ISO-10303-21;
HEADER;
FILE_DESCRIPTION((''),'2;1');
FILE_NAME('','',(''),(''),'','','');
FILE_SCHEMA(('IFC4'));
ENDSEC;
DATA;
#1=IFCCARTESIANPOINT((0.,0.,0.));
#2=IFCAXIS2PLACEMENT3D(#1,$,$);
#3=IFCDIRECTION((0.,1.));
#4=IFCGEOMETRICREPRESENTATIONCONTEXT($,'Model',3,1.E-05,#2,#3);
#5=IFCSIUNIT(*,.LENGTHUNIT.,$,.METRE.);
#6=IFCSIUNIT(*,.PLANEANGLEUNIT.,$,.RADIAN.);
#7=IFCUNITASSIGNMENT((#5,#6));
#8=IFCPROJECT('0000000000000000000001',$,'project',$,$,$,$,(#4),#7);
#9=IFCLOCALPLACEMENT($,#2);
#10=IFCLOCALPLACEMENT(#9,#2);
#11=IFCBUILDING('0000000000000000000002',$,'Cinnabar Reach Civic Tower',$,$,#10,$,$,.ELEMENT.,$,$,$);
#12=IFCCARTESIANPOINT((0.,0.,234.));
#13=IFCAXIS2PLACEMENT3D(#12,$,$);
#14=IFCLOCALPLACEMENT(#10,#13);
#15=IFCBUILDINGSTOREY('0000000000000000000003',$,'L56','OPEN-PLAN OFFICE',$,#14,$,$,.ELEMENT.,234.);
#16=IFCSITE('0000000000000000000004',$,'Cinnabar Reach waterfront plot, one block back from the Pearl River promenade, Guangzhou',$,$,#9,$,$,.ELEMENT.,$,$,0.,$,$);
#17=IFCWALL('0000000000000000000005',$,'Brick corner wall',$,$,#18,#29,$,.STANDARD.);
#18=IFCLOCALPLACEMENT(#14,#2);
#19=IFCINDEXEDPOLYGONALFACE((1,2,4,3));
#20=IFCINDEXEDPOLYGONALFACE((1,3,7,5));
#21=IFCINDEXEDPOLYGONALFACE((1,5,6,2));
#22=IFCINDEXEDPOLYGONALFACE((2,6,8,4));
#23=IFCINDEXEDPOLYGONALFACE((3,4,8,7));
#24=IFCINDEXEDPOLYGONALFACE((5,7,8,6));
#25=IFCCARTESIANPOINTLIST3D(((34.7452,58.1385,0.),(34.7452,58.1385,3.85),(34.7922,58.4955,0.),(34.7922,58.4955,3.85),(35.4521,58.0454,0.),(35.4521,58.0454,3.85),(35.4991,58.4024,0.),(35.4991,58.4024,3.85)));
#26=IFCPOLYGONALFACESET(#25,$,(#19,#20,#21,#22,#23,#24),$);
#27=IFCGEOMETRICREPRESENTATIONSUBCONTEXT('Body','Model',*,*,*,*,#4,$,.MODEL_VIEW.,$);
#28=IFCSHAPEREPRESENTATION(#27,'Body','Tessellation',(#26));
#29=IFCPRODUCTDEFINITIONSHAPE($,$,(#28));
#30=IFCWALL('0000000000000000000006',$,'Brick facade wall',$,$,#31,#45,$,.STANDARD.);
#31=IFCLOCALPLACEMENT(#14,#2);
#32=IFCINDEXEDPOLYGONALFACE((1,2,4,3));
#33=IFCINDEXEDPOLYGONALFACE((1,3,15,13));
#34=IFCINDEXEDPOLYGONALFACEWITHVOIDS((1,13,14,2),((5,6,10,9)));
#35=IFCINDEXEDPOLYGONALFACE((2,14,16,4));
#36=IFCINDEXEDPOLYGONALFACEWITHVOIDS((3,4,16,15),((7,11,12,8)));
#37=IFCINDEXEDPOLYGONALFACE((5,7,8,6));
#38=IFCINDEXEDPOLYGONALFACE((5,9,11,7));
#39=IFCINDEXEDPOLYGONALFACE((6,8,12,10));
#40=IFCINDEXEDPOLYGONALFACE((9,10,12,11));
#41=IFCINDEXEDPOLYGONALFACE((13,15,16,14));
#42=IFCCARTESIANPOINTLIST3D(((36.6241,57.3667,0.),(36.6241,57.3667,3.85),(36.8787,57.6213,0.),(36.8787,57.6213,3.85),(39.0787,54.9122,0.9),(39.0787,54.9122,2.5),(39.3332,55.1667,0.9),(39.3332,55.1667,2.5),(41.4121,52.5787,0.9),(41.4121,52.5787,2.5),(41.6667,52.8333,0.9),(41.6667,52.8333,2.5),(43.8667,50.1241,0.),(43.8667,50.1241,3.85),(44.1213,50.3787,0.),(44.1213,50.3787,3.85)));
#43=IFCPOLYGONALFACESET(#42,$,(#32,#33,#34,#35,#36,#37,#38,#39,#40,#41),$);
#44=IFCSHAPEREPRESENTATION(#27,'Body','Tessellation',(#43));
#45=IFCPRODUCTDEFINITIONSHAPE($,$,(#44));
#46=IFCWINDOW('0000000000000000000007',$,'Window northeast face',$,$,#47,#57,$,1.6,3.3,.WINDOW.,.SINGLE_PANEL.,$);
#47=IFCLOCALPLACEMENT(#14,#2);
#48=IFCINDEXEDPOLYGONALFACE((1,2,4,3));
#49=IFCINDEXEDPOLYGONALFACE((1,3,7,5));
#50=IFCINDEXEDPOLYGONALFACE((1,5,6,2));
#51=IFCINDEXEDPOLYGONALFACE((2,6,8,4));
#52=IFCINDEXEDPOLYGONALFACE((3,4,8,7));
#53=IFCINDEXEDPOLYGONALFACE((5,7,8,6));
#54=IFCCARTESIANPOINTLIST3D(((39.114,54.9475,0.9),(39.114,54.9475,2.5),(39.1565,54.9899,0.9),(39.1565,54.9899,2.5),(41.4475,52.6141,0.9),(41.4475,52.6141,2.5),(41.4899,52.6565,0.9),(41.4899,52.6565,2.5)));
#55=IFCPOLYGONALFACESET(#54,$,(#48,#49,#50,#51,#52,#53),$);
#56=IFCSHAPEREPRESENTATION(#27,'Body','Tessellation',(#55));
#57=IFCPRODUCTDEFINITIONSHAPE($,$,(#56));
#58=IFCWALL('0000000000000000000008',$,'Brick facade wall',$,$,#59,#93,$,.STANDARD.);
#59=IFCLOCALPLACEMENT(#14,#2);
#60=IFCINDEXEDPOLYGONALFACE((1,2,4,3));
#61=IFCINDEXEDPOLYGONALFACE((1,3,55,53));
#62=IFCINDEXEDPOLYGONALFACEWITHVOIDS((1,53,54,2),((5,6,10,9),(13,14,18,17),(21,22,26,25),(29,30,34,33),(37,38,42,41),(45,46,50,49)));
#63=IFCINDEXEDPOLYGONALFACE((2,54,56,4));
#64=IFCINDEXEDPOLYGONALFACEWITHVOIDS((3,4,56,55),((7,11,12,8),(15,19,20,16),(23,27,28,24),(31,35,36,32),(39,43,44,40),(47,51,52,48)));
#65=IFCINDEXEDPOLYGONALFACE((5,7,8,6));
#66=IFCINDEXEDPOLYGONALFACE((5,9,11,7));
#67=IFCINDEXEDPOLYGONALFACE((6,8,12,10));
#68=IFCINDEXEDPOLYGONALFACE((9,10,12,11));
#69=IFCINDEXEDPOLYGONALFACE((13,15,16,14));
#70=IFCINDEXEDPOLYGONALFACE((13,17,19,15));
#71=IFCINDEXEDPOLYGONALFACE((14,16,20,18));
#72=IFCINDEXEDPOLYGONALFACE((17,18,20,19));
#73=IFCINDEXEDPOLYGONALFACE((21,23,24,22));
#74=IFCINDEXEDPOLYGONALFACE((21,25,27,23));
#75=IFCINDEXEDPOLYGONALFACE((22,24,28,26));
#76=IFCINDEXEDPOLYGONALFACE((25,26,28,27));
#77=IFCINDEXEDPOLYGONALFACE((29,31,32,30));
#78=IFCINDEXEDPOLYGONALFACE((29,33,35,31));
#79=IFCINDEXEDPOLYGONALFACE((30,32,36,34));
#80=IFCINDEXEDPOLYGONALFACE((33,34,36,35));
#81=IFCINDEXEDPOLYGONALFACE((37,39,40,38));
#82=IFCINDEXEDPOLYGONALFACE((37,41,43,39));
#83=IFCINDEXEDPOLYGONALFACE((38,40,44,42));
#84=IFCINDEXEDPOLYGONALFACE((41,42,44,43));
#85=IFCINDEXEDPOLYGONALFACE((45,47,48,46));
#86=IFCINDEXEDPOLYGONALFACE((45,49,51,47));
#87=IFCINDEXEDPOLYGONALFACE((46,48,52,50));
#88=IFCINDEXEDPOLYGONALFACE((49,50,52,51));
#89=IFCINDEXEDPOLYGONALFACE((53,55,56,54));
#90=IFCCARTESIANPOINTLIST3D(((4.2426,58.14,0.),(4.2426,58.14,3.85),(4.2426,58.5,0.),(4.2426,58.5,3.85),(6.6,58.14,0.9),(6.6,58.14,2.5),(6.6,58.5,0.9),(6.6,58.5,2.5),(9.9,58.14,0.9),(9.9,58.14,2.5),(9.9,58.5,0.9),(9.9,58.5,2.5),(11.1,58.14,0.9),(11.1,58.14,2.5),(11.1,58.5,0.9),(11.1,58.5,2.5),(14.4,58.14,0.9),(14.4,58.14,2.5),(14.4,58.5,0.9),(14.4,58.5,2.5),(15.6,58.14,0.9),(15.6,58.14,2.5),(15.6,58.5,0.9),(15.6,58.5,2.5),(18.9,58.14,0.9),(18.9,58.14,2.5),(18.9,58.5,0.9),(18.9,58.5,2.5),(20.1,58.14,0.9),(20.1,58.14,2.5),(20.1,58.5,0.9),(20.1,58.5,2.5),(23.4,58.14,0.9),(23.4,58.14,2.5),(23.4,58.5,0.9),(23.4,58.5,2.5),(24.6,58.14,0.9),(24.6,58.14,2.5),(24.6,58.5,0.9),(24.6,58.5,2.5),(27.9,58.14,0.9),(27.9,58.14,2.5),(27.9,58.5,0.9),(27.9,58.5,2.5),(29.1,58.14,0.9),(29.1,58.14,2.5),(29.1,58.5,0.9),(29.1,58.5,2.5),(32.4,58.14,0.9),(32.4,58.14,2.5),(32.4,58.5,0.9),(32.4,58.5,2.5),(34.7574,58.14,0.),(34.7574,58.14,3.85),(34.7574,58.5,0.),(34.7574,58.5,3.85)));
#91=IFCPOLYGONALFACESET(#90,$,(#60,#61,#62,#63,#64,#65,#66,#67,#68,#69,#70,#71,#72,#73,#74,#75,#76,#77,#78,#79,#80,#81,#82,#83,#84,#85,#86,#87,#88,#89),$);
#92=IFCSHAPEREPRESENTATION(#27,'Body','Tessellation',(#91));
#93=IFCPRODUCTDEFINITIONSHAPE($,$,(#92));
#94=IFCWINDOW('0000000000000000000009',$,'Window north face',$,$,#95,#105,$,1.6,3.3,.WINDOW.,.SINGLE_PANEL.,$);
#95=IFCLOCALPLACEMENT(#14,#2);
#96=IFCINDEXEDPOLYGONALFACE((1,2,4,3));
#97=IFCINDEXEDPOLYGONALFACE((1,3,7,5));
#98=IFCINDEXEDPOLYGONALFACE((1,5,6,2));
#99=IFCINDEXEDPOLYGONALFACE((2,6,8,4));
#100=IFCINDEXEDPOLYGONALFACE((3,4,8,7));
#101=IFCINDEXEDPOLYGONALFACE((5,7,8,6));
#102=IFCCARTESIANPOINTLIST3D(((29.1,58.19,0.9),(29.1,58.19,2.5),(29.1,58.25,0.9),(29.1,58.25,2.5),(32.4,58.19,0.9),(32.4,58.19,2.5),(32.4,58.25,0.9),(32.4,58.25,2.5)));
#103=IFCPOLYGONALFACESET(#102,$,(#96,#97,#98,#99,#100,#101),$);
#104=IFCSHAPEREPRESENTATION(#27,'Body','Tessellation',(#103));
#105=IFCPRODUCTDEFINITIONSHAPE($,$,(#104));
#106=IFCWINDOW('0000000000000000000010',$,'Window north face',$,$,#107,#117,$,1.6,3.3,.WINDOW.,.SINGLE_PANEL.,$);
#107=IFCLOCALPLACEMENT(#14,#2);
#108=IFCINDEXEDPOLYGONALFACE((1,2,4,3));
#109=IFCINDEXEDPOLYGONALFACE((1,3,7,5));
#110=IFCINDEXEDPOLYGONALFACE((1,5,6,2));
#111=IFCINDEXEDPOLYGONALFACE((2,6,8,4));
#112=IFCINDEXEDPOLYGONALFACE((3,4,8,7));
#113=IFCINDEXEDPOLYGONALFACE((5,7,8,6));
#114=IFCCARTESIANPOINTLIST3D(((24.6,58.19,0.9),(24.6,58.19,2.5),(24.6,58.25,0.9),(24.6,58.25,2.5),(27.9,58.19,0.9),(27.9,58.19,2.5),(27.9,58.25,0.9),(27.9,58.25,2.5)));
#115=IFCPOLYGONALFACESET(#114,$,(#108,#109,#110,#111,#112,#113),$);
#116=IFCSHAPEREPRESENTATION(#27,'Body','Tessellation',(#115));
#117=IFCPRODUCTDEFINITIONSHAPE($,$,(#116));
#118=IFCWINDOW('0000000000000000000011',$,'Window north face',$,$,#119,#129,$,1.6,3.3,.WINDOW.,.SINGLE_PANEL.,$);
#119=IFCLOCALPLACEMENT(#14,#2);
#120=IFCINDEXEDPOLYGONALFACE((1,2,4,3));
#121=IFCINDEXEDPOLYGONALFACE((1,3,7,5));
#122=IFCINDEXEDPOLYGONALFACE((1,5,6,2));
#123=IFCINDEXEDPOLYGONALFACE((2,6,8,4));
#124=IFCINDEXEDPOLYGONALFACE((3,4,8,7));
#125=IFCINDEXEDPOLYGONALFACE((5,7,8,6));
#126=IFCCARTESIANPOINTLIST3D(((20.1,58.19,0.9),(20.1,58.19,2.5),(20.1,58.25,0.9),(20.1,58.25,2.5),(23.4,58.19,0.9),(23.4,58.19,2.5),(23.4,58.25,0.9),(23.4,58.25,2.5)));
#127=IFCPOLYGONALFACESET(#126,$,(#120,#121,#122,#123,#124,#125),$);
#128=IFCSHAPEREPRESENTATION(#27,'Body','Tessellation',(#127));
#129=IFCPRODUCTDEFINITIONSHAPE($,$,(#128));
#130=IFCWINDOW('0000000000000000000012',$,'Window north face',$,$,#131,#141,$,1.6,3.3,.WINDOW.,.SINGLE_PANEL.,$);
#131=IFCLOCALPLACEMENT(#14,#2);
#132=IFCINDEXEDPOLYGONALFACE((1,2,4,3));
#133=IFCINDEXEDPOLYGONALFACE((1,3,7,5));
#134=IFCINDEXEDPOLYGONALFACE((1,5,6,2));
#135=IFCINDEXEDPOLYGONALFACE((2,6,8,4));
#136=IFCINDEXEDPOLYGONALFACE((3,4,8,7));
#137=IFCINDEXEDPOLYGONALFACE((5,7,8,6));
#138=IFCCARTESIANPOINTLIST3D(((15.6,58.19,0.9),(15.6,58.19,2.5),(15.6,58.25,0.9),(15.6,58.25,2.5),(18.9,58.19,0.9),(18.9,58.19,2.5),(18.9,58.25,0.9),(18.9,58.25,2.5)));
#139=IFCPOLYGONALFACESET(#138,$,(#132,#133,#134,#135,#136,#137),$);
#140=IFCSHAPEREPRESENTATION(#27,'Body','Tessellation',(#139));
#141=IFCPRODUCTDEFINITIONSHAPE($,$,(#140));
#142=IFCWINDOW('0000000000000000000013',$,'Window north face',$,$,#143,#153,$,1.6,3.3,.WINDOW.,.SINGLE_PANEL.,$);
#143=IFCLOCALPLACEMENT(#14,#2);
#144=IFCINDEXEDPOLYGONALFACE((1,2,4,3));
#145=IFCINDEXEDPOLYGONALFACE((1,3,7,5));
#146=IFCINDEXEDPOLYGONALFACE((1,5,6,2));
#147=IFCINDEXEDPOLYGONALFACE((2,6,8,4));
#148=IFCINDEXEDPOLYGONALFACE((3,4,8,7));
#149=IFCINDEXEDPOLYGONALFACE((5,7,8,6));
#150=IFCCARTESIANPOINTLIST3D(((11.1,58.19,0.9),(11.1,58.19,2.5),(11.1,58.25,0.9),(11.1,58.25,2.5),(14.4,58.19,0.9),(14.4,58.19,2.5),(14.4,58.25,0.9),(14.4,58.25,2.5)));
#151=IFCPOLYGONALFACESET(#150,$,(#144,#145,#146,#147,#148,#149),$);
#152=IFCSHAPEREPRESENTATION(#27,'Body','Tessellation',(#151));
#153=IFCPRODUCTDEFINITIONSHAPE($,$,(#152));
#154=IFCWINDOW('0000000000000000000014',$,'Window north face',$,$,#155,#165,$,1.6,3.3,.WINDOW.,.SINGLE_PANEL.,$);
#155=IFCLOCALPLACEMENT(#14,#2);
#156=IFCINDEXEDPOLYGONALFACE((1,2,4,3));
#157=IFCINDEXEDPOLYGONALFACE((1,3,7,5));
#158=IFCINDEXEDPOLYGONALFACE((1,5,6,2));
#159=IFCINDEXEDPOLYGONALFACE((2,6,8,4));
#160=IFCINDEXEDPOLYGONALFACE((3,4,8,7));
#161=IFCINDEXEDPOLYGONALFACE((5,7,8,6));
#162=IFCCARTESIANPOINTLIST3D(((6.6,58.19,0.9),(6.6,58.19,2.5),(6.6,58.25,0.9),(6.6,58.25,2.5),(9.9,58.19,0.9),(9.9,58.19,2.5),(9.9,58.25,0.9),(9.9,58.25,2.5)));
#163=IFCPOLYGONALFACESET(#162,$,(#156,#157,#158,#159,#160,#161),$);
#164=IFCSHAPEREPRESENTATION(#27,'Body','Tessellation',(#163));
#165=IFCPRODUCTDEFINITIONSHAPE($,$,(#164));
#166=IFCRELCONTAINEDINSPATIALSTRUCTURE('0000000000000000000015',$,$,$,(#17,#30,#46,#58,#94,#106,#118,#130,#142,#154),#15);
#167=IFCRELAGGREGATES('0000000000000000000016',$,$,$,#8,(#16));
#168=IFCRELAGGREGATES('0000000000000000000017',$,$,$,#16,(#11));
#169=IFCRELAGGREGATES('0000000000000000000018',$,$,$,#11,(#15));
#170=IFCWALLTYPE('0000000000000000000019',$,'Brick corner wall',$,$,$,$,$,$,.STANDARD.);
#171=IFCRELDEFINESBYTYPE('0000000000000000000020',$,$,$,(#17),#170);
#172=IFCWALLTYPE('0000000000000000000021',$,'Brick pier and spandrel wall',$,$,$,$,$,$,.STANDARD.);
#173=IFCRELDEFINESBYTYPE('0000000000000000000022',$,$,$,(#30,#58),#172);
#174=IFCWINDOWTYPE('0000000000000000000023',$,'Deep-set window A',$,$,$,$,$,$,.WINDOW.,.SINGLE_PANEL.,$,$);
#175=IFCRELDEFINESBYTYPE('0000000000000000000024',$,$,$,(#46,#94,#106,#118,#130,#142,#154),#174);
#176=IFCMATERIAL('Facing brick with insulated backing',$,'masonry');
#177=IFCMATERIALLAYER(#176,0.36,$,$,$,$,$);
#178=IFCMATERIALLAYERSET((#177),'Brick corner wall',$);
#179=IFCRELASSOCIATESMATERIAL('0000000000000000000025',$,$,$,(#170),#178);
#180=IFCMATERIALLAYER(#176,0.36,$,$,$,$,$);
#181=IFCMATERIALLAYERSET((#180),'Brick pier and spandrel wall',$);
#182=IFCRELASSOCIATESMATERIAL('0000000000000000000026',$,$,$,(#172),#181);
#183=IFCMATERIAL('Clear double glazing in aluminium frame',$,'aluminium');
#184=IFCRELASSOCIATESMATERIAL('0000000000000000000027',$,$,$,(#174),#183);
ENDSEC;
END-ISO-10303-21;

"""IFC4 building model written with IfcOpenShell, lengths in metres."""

from ifc_helpers import new_model, si_unit, direction, frame, frame_2d, origin, place, context, subcontext, project, spatial, rectangle, extrude, material, layer, layer_set, type_object, element, fill, save


model = new_model("IFC4")

# Units and contexts
model_context = context("Model", 3, precision=1e-05, world=origin(), true_north=direction((0.0, 1.0)))
body_context = subcontext(model_context, "Body", "Model", "MODEL_VIEW")
ifc_project = project(units=[si_unit("LENGTHUNIT", "METRE"), si_unit("PLANEANGLEUNIT", "RADIAN")], contexts=[model_context])

# Site, building, storey
site_placement = place(None, origin())
site = spatial("IfcSite", under=ifc_project, at=site_placement, Name="Cinnabar Reach waterfront plot, one block back from the Pearl River promenade, Guangzhou", CompositionType="ELEMENT", RefElevation=0.0)
building_placement = place(site_placement, origin())
building = spatial("IfcBuilding", under=site, at=building_placement, Name="Cinnabar Reach Civic Tower", CompositionType="ELEMENT")
storey_placement = place(building_placement, frame((0.0, 0.0, 234.0)))
storey = spatial("IfcBuildingStorey", under=building, at=storey_placement, Name="L56", Description="OPEN-PLAN OFFICE", CompositionType="ELEMENT", Elevation=234.0)

# Wall
ifc_material_1 = material(Name="Facing brick with insulated backing", Category="masonry")
ifc_layer_1 = layer(ifc_material_1, 0.36)
ifc_layer_set_1 = layer_set([ifc_layer_1], Name="Brick corner wall")
wall_type_1 = type_object("IfcWallType", Name="Brick corner wall", PredefinedType="STANDARD", material=ifc_layer_set_1)
for number, where, z_axis, x_axis, name in (
    (1, (35.4756, 58.2239, 0.0), (0.0, 0.0, 1.0), (-0.991441, 0.130556, 0.0), "Brick corner wall"),
):
    element("IfcWall", number, at=place(storey_placement, frame(where, z_axis=z_axis, x_axis=x_axis)), inside=storey, type_object=wall_type_1, Name=name, PredefinedType="STANDARD", context=body_context, shape_type="SweptSolid", body=[
        extrude(rectangle(XDim=0.7131, YDim=0.36, at=frame_2d((0.3565, 0.0))), origin(), (0.0, 0.0, 1.0), 3.85),
    ])

# Wall, opening, window
ifc_layer_2 = layer(ifc_material_1, 0.36)
ifc_layer_set_2 = layer_set([ifc_layer_2], Name="Brick pier and spandrel wall")
wall_type_2 = type_object("IfcWallType", Name="Brick pier and spandrel wall", PredefinedType="STANDARD", material=ifc_layer_set_2)
wall_1_placement = place(storey_placement, frame((43.994, 50.2514, 0.0), z_axis=(0.0, 0.0, 1.0), x_axis=(-0.707107, 0.707107, 0.0)))
wall_1 = element("IfcWall", 2, at=wall_1_placement, inside=storey, type_object=wall_type_2, Name="Brick facade wall", PredefinedType="STANDARD", context=body_context, shape_type="SweptSolid", body=[
    extrude(rectangle(XDim=10.2426, YDim=0.36, at=frame_2d((5.1213, 0.0))), origin(), (0.0, 0.0, 1.0), 3.85),
])
opening_1_placement = place(wall_1_placement, frame((3.4713, 0.0, 0.9)))
opening_1 = element("IfcOpeningElement", 3, at=opening_1_placement, cuts=wall_1, PredefinedType="OPENING", context=body_context, shape_type="SweptSolid", body=[
    extrude(rectangle(XDim=3.3, YDim=1.6, at=frame_2d((1.65, 0.8))), frame((0.0, 0.19, 0.0), z_axis=(0.0, -1.0, 0.0), x_axis=(1.0, 0.0, 0.0)), (0.0, 0.0, 1.0), 0.38),
])
ifc_material_2 = material(Name="Clear double glazing in aluminium frame", Category="aluminium")
window_type = type_object("IfcWindowType", Name="Deep-set window A", PartitioningType="SINGLE_PANEL", PredefinedType="WINDOW", material=ifc_material_2)
window_1_placement = place(opening_1_placement, origin())
window_1 = element("IfcWindow", 4, at=window_1_placement, inside=storey, type_object=window_type, Name="Window northeast face", OverallHeight=1.6, OverallWidth=3.3, PartitioningType="SINGLE_PANEL", PredefinedType="WINDOW", context=body_context, shape_type="SweptSolid", body=[
    extrude(rectangle(XDim=3.3, YDim=1.6, at=frame_2d((1.65, 0.8))), frame((0.0, 0.13, 0.0), z_axis=(0.0, -1.0, 0.0), x_axis=(1.0, 0.0, 0.0)), (0.0, 0.0, 1.0), 0.06),
])
fill(opening_1, window_1)

# Wall, openings, windows
wall_2_placement = place(storey_placement, frame((34.7574, 58.32, 0.0), z_axis=(0.0, 0.0, 1.0), x_axis=(-1.0, 0.0, 0.0)))
wall_2 = element("IfcWall", 5, at=wall_2_placement, inside=storey, type_object=wall_type_2, Name="Brick facade wall", PredefinedType="STANDARD", context=body_context, shape_type="SweptSolid", body=[
    extrude(rectangle(XDim=30.5148, YDim=0.36, at=frame_2d((15.2574, 0.0))), origin(), (0.0, 0.0, 1.0), 3.85),
])
opening_2_placement = place(wall_2_placement, frame((2.3574, 0.0, 0.9)))
opening_2 = element("IfcOpeningElement", 6, at=opening_2_placement, cuts=wall_2, PredefinedType="OPENING", context=body_context, shape_type="SweptSolid", body=[
    extrude(rectangle(XDim=3.3, YDim=1.6, at=frame_2d((1.65, 0.8))), frame((0.0, 0.19, 0.0), z_axis=(0.0, -1.0, 0.0), x_axis=(1.0, 0.0, 0.0)), (0.0, 0.0, 1.0), 0.38),
])
opening_3_placement = place(wall_2_placement, frame((6.8574, 0.0, 0.9)))
opening_3 = element("IfcOpeningElement", 7, at=opening_3_placement, cuts=wall_2, PredefinedType="OPENING", context=body_context, shape_type="SweptSolid", body=[
    extrude(rectangle(XDim=3.3, YDim=1.6, at=frame_2d((1.65, 0.8))), frame((0.0, 0.19, 0.0), z_axis=(0.0, -1.0, 0.0), x_axis=(1.0, 0.0, 0.0)), (0.0, 0.0, 1.0), 0.38),
])
opening_4_placement = place(wall_2_placement, frame((11.3574, 0.0, 0.9)))
opening_4 = element("IfcOpeningElement", 8, at=opening_4_placement, cuts=wall_2, PredefinedType="OPENING", context=body_context, shape_type="SweptSolid", body=[
    extrude(rectangle(XDim=3.3, YDim=1.6, at=frame_2d((1.65, 0.8))), frame((0.0, 0.19, 0.0), z_axis=(0.0, -1.0, 0.0), x_axis=(1.0, 0.0, 0.0)), (0.0, 0.0, 1.0), 0.38),
])
opening_5_placement = place(wall_2_placement, frame((15.8574, 0.0, 0.9)))
opening_5 = element("IfcOpeningElement", 9, at=opening_5_placement, cuts=wall_2, PredefinedType="OPENING", context=body_context, shape_type="SweptSolid", body=[
    extrude(rectangle(XDim=3.3, YDim=1.6, at=frame_2d((1.65, 0.8))), frame((0.0, 0.19, 0.0), z_axis=(0.0, -1.0, 0.0), x_axis=(1.0, 0.0, 0.0)), (0.0, 0.0, 1.0), 0.38),
])
opening_6_placement = place(wall_2_placement, frame((20.3574, 0.0, 0.9)))
opening_6 = element("IfcOpeningElement", 10, at=opening_6_placement, cuts=wall_2, PredefinedType="OPENING", context=body_context, shape_type="SweptSolid", body=[
    extrude(rectangle(XDim=3.3, YDim=1.6, at=frame_2d((1.65, 0.8))), frame((0.0, 0.19, 0.0), z_axis=(0.0, -1.0, 0.0), x_axis=(1.0, 0.0, 0.0)), (0.0, 0.0, 1.0), 0.38),
])
opening_7_placement = place(wall_2_placement, frame((24.8574, 0.0, 0.9)))
opening_7 = element("IfcOpeningElement", 11, at=opening_7_placement, cuts=wall_2, PredefinedType="OPENING", context=body_context, shape_type="SweptSolid", body=[
    extrude(rectangle(XDim=3.3, YDim=1.6, at=frame_2d((1.65, 0.8))), frame((0.0, 0.19, 0.0), z_axis=(0.0, -1.0, 0.0), x_axis=(1.0, 0.0, 0.0)), (0.0, 0.0, 1.0), 0.38),
])
window_2_placement = place(opening_2_placement, origin())
window_2 = element("IfcWindow", 12, at=window_2_placement, inside=storey, type_object=window_type, Name="Window north face", OverallHeight=1.6, OverallWidth=3.3, PartitioningType="SINGLE_PANEL", PredefinedType="WINDOW", context=body_context, shape_type="SweptSolid", body=[
    extrude(rectangle(XDim=3.3, YDim=1.6, at=frame_2d((1.65, 0.8))), frame((0.0, 0.13, 0.0), z_axis=(0.0, -1.0, 0.0), x_axis=(1.0, 0.0, 0.0)), (0.0, 0.0, 1.0), 0.06),
])
fill(opening_2, window_2)
window_3_placement = place(opening_3_placement, origin())
window_3 = element("IfcWindow", 13, at=window_3_placement, inside=storey, type_object=window_type, Name="Window north face", OverallHeight=1.6, OverallWidth=3.3, PartitioningType="SINGLE_PANEL", PredefinedType="WINDOW", context=body_context, shape_type="SweptSolid", body=[
    extrude(rectangle(XDim=3.3, YDim=1.6, at=frame_2d((1.65, 0.8))), frame((0.0, 0.13, 0.0), z_axis=(0.0, -1.0, 0.0), x_axis=(1.0, 0.0, 0.0)), (0.0, 0.0, 1.0), 0.06),
])
fill(opening_3, window_3)
window_4_placement = place(opening_4_placement, origin())
window_4 = element("IfcWindow", 14, at=window_4_placement, inside=storey, type_object=window_type, Name="Window north face", OverallHeight=1.6, OverallWidth=3.3, PartitioningType="SINGLE_PANEL", PredefinedType="WINDOW", context=body_context, shape_type="SweptSolid", body=[
    extrude(rectangle(XDim=3.3, YDim=1.6, at=frame_2d((1.65, 0.8))), frame((0.0, 0.13, 0.0), z_axis=(0.0, -1.0, 0.0), x_axis=(1.0, 0.0, 0.0)), (0.0, 0.0, 1.0), 0.06),
])
fill(opening_4, window_4)
window_5_placement = place(opening_5_placement, origin())
window_5 = element("IfcWindow", 15, at=window_5_placement, inside=storey, type_object=window_type, Name="Window north face", OverallHeight=1.6, OverallWidth=3.3, PartitioningType="SINGLE_PANEL", PredefinedType="WINDOW", context=body_context, shape_type="SweptSolid", body=[
    extrude(rectangle(XDim=3.3, YDim=1.6, at=frame_2d((1.65, 0.8))), frame((0.0, 0.13, 0.0), z_axis=(0.0, -1.0, 0.0), x_axis=(1.0, 0.0, 0.0)), (0.0, 0.0, 1.0), 0.06),
])
fill(opening_5, window_5)
window_6_placement = place(opening_6_placement, origin())
window_6 = element("IfcWindow", 16, at=window_6_placement, inside=storey, type_object=window_type, Name="Window north face", OverallHeight=1.6, OverallWidth=3.3, PartitioningType="SINGLE_PANEL", PredefinedType="WINDOW", context=body_context, shape_type="SweptSolid", body=[
    extrude(rectangle(XDim=3.3, YDim=1.6, at=frame_2d((1.65, 0.8))), frame((0.0, 0.13, 0.0), z_axis=(0.0, -1.0, 0.0), x_axis=(1.0, 0.0, 0.0)), (0.0, 0.0, 1.0), 0.06),
])
fill(opening_6, window_6)
window_7_placement = place(opening_7_placement, origin())
window_7 = element("IfcWindow", 17, at=window_7_placement, inside=storey, type_object=window_type, Name="Window north face", OverallHeight=1.6, OverallWidth=3.3, PartitioningType="SINGLE_PANEL", PredefinedType="WINDOW", context=body_context, shape_type="SweptSolid", body=[
    extrude(rectangle(XDim=3.3, YDim=1.6, at=frame_2d((1.65, 0.8))), frame((0.0, 0.13, 0.0), z_axis=(0.0, -1.0, 0.0), x_axis=(1.0, 0.0, 0.0)), (0.0, 0.0, 1.0), 0.06),
])
fill(opening_7, window_7)

save(model, "model.ifc")
